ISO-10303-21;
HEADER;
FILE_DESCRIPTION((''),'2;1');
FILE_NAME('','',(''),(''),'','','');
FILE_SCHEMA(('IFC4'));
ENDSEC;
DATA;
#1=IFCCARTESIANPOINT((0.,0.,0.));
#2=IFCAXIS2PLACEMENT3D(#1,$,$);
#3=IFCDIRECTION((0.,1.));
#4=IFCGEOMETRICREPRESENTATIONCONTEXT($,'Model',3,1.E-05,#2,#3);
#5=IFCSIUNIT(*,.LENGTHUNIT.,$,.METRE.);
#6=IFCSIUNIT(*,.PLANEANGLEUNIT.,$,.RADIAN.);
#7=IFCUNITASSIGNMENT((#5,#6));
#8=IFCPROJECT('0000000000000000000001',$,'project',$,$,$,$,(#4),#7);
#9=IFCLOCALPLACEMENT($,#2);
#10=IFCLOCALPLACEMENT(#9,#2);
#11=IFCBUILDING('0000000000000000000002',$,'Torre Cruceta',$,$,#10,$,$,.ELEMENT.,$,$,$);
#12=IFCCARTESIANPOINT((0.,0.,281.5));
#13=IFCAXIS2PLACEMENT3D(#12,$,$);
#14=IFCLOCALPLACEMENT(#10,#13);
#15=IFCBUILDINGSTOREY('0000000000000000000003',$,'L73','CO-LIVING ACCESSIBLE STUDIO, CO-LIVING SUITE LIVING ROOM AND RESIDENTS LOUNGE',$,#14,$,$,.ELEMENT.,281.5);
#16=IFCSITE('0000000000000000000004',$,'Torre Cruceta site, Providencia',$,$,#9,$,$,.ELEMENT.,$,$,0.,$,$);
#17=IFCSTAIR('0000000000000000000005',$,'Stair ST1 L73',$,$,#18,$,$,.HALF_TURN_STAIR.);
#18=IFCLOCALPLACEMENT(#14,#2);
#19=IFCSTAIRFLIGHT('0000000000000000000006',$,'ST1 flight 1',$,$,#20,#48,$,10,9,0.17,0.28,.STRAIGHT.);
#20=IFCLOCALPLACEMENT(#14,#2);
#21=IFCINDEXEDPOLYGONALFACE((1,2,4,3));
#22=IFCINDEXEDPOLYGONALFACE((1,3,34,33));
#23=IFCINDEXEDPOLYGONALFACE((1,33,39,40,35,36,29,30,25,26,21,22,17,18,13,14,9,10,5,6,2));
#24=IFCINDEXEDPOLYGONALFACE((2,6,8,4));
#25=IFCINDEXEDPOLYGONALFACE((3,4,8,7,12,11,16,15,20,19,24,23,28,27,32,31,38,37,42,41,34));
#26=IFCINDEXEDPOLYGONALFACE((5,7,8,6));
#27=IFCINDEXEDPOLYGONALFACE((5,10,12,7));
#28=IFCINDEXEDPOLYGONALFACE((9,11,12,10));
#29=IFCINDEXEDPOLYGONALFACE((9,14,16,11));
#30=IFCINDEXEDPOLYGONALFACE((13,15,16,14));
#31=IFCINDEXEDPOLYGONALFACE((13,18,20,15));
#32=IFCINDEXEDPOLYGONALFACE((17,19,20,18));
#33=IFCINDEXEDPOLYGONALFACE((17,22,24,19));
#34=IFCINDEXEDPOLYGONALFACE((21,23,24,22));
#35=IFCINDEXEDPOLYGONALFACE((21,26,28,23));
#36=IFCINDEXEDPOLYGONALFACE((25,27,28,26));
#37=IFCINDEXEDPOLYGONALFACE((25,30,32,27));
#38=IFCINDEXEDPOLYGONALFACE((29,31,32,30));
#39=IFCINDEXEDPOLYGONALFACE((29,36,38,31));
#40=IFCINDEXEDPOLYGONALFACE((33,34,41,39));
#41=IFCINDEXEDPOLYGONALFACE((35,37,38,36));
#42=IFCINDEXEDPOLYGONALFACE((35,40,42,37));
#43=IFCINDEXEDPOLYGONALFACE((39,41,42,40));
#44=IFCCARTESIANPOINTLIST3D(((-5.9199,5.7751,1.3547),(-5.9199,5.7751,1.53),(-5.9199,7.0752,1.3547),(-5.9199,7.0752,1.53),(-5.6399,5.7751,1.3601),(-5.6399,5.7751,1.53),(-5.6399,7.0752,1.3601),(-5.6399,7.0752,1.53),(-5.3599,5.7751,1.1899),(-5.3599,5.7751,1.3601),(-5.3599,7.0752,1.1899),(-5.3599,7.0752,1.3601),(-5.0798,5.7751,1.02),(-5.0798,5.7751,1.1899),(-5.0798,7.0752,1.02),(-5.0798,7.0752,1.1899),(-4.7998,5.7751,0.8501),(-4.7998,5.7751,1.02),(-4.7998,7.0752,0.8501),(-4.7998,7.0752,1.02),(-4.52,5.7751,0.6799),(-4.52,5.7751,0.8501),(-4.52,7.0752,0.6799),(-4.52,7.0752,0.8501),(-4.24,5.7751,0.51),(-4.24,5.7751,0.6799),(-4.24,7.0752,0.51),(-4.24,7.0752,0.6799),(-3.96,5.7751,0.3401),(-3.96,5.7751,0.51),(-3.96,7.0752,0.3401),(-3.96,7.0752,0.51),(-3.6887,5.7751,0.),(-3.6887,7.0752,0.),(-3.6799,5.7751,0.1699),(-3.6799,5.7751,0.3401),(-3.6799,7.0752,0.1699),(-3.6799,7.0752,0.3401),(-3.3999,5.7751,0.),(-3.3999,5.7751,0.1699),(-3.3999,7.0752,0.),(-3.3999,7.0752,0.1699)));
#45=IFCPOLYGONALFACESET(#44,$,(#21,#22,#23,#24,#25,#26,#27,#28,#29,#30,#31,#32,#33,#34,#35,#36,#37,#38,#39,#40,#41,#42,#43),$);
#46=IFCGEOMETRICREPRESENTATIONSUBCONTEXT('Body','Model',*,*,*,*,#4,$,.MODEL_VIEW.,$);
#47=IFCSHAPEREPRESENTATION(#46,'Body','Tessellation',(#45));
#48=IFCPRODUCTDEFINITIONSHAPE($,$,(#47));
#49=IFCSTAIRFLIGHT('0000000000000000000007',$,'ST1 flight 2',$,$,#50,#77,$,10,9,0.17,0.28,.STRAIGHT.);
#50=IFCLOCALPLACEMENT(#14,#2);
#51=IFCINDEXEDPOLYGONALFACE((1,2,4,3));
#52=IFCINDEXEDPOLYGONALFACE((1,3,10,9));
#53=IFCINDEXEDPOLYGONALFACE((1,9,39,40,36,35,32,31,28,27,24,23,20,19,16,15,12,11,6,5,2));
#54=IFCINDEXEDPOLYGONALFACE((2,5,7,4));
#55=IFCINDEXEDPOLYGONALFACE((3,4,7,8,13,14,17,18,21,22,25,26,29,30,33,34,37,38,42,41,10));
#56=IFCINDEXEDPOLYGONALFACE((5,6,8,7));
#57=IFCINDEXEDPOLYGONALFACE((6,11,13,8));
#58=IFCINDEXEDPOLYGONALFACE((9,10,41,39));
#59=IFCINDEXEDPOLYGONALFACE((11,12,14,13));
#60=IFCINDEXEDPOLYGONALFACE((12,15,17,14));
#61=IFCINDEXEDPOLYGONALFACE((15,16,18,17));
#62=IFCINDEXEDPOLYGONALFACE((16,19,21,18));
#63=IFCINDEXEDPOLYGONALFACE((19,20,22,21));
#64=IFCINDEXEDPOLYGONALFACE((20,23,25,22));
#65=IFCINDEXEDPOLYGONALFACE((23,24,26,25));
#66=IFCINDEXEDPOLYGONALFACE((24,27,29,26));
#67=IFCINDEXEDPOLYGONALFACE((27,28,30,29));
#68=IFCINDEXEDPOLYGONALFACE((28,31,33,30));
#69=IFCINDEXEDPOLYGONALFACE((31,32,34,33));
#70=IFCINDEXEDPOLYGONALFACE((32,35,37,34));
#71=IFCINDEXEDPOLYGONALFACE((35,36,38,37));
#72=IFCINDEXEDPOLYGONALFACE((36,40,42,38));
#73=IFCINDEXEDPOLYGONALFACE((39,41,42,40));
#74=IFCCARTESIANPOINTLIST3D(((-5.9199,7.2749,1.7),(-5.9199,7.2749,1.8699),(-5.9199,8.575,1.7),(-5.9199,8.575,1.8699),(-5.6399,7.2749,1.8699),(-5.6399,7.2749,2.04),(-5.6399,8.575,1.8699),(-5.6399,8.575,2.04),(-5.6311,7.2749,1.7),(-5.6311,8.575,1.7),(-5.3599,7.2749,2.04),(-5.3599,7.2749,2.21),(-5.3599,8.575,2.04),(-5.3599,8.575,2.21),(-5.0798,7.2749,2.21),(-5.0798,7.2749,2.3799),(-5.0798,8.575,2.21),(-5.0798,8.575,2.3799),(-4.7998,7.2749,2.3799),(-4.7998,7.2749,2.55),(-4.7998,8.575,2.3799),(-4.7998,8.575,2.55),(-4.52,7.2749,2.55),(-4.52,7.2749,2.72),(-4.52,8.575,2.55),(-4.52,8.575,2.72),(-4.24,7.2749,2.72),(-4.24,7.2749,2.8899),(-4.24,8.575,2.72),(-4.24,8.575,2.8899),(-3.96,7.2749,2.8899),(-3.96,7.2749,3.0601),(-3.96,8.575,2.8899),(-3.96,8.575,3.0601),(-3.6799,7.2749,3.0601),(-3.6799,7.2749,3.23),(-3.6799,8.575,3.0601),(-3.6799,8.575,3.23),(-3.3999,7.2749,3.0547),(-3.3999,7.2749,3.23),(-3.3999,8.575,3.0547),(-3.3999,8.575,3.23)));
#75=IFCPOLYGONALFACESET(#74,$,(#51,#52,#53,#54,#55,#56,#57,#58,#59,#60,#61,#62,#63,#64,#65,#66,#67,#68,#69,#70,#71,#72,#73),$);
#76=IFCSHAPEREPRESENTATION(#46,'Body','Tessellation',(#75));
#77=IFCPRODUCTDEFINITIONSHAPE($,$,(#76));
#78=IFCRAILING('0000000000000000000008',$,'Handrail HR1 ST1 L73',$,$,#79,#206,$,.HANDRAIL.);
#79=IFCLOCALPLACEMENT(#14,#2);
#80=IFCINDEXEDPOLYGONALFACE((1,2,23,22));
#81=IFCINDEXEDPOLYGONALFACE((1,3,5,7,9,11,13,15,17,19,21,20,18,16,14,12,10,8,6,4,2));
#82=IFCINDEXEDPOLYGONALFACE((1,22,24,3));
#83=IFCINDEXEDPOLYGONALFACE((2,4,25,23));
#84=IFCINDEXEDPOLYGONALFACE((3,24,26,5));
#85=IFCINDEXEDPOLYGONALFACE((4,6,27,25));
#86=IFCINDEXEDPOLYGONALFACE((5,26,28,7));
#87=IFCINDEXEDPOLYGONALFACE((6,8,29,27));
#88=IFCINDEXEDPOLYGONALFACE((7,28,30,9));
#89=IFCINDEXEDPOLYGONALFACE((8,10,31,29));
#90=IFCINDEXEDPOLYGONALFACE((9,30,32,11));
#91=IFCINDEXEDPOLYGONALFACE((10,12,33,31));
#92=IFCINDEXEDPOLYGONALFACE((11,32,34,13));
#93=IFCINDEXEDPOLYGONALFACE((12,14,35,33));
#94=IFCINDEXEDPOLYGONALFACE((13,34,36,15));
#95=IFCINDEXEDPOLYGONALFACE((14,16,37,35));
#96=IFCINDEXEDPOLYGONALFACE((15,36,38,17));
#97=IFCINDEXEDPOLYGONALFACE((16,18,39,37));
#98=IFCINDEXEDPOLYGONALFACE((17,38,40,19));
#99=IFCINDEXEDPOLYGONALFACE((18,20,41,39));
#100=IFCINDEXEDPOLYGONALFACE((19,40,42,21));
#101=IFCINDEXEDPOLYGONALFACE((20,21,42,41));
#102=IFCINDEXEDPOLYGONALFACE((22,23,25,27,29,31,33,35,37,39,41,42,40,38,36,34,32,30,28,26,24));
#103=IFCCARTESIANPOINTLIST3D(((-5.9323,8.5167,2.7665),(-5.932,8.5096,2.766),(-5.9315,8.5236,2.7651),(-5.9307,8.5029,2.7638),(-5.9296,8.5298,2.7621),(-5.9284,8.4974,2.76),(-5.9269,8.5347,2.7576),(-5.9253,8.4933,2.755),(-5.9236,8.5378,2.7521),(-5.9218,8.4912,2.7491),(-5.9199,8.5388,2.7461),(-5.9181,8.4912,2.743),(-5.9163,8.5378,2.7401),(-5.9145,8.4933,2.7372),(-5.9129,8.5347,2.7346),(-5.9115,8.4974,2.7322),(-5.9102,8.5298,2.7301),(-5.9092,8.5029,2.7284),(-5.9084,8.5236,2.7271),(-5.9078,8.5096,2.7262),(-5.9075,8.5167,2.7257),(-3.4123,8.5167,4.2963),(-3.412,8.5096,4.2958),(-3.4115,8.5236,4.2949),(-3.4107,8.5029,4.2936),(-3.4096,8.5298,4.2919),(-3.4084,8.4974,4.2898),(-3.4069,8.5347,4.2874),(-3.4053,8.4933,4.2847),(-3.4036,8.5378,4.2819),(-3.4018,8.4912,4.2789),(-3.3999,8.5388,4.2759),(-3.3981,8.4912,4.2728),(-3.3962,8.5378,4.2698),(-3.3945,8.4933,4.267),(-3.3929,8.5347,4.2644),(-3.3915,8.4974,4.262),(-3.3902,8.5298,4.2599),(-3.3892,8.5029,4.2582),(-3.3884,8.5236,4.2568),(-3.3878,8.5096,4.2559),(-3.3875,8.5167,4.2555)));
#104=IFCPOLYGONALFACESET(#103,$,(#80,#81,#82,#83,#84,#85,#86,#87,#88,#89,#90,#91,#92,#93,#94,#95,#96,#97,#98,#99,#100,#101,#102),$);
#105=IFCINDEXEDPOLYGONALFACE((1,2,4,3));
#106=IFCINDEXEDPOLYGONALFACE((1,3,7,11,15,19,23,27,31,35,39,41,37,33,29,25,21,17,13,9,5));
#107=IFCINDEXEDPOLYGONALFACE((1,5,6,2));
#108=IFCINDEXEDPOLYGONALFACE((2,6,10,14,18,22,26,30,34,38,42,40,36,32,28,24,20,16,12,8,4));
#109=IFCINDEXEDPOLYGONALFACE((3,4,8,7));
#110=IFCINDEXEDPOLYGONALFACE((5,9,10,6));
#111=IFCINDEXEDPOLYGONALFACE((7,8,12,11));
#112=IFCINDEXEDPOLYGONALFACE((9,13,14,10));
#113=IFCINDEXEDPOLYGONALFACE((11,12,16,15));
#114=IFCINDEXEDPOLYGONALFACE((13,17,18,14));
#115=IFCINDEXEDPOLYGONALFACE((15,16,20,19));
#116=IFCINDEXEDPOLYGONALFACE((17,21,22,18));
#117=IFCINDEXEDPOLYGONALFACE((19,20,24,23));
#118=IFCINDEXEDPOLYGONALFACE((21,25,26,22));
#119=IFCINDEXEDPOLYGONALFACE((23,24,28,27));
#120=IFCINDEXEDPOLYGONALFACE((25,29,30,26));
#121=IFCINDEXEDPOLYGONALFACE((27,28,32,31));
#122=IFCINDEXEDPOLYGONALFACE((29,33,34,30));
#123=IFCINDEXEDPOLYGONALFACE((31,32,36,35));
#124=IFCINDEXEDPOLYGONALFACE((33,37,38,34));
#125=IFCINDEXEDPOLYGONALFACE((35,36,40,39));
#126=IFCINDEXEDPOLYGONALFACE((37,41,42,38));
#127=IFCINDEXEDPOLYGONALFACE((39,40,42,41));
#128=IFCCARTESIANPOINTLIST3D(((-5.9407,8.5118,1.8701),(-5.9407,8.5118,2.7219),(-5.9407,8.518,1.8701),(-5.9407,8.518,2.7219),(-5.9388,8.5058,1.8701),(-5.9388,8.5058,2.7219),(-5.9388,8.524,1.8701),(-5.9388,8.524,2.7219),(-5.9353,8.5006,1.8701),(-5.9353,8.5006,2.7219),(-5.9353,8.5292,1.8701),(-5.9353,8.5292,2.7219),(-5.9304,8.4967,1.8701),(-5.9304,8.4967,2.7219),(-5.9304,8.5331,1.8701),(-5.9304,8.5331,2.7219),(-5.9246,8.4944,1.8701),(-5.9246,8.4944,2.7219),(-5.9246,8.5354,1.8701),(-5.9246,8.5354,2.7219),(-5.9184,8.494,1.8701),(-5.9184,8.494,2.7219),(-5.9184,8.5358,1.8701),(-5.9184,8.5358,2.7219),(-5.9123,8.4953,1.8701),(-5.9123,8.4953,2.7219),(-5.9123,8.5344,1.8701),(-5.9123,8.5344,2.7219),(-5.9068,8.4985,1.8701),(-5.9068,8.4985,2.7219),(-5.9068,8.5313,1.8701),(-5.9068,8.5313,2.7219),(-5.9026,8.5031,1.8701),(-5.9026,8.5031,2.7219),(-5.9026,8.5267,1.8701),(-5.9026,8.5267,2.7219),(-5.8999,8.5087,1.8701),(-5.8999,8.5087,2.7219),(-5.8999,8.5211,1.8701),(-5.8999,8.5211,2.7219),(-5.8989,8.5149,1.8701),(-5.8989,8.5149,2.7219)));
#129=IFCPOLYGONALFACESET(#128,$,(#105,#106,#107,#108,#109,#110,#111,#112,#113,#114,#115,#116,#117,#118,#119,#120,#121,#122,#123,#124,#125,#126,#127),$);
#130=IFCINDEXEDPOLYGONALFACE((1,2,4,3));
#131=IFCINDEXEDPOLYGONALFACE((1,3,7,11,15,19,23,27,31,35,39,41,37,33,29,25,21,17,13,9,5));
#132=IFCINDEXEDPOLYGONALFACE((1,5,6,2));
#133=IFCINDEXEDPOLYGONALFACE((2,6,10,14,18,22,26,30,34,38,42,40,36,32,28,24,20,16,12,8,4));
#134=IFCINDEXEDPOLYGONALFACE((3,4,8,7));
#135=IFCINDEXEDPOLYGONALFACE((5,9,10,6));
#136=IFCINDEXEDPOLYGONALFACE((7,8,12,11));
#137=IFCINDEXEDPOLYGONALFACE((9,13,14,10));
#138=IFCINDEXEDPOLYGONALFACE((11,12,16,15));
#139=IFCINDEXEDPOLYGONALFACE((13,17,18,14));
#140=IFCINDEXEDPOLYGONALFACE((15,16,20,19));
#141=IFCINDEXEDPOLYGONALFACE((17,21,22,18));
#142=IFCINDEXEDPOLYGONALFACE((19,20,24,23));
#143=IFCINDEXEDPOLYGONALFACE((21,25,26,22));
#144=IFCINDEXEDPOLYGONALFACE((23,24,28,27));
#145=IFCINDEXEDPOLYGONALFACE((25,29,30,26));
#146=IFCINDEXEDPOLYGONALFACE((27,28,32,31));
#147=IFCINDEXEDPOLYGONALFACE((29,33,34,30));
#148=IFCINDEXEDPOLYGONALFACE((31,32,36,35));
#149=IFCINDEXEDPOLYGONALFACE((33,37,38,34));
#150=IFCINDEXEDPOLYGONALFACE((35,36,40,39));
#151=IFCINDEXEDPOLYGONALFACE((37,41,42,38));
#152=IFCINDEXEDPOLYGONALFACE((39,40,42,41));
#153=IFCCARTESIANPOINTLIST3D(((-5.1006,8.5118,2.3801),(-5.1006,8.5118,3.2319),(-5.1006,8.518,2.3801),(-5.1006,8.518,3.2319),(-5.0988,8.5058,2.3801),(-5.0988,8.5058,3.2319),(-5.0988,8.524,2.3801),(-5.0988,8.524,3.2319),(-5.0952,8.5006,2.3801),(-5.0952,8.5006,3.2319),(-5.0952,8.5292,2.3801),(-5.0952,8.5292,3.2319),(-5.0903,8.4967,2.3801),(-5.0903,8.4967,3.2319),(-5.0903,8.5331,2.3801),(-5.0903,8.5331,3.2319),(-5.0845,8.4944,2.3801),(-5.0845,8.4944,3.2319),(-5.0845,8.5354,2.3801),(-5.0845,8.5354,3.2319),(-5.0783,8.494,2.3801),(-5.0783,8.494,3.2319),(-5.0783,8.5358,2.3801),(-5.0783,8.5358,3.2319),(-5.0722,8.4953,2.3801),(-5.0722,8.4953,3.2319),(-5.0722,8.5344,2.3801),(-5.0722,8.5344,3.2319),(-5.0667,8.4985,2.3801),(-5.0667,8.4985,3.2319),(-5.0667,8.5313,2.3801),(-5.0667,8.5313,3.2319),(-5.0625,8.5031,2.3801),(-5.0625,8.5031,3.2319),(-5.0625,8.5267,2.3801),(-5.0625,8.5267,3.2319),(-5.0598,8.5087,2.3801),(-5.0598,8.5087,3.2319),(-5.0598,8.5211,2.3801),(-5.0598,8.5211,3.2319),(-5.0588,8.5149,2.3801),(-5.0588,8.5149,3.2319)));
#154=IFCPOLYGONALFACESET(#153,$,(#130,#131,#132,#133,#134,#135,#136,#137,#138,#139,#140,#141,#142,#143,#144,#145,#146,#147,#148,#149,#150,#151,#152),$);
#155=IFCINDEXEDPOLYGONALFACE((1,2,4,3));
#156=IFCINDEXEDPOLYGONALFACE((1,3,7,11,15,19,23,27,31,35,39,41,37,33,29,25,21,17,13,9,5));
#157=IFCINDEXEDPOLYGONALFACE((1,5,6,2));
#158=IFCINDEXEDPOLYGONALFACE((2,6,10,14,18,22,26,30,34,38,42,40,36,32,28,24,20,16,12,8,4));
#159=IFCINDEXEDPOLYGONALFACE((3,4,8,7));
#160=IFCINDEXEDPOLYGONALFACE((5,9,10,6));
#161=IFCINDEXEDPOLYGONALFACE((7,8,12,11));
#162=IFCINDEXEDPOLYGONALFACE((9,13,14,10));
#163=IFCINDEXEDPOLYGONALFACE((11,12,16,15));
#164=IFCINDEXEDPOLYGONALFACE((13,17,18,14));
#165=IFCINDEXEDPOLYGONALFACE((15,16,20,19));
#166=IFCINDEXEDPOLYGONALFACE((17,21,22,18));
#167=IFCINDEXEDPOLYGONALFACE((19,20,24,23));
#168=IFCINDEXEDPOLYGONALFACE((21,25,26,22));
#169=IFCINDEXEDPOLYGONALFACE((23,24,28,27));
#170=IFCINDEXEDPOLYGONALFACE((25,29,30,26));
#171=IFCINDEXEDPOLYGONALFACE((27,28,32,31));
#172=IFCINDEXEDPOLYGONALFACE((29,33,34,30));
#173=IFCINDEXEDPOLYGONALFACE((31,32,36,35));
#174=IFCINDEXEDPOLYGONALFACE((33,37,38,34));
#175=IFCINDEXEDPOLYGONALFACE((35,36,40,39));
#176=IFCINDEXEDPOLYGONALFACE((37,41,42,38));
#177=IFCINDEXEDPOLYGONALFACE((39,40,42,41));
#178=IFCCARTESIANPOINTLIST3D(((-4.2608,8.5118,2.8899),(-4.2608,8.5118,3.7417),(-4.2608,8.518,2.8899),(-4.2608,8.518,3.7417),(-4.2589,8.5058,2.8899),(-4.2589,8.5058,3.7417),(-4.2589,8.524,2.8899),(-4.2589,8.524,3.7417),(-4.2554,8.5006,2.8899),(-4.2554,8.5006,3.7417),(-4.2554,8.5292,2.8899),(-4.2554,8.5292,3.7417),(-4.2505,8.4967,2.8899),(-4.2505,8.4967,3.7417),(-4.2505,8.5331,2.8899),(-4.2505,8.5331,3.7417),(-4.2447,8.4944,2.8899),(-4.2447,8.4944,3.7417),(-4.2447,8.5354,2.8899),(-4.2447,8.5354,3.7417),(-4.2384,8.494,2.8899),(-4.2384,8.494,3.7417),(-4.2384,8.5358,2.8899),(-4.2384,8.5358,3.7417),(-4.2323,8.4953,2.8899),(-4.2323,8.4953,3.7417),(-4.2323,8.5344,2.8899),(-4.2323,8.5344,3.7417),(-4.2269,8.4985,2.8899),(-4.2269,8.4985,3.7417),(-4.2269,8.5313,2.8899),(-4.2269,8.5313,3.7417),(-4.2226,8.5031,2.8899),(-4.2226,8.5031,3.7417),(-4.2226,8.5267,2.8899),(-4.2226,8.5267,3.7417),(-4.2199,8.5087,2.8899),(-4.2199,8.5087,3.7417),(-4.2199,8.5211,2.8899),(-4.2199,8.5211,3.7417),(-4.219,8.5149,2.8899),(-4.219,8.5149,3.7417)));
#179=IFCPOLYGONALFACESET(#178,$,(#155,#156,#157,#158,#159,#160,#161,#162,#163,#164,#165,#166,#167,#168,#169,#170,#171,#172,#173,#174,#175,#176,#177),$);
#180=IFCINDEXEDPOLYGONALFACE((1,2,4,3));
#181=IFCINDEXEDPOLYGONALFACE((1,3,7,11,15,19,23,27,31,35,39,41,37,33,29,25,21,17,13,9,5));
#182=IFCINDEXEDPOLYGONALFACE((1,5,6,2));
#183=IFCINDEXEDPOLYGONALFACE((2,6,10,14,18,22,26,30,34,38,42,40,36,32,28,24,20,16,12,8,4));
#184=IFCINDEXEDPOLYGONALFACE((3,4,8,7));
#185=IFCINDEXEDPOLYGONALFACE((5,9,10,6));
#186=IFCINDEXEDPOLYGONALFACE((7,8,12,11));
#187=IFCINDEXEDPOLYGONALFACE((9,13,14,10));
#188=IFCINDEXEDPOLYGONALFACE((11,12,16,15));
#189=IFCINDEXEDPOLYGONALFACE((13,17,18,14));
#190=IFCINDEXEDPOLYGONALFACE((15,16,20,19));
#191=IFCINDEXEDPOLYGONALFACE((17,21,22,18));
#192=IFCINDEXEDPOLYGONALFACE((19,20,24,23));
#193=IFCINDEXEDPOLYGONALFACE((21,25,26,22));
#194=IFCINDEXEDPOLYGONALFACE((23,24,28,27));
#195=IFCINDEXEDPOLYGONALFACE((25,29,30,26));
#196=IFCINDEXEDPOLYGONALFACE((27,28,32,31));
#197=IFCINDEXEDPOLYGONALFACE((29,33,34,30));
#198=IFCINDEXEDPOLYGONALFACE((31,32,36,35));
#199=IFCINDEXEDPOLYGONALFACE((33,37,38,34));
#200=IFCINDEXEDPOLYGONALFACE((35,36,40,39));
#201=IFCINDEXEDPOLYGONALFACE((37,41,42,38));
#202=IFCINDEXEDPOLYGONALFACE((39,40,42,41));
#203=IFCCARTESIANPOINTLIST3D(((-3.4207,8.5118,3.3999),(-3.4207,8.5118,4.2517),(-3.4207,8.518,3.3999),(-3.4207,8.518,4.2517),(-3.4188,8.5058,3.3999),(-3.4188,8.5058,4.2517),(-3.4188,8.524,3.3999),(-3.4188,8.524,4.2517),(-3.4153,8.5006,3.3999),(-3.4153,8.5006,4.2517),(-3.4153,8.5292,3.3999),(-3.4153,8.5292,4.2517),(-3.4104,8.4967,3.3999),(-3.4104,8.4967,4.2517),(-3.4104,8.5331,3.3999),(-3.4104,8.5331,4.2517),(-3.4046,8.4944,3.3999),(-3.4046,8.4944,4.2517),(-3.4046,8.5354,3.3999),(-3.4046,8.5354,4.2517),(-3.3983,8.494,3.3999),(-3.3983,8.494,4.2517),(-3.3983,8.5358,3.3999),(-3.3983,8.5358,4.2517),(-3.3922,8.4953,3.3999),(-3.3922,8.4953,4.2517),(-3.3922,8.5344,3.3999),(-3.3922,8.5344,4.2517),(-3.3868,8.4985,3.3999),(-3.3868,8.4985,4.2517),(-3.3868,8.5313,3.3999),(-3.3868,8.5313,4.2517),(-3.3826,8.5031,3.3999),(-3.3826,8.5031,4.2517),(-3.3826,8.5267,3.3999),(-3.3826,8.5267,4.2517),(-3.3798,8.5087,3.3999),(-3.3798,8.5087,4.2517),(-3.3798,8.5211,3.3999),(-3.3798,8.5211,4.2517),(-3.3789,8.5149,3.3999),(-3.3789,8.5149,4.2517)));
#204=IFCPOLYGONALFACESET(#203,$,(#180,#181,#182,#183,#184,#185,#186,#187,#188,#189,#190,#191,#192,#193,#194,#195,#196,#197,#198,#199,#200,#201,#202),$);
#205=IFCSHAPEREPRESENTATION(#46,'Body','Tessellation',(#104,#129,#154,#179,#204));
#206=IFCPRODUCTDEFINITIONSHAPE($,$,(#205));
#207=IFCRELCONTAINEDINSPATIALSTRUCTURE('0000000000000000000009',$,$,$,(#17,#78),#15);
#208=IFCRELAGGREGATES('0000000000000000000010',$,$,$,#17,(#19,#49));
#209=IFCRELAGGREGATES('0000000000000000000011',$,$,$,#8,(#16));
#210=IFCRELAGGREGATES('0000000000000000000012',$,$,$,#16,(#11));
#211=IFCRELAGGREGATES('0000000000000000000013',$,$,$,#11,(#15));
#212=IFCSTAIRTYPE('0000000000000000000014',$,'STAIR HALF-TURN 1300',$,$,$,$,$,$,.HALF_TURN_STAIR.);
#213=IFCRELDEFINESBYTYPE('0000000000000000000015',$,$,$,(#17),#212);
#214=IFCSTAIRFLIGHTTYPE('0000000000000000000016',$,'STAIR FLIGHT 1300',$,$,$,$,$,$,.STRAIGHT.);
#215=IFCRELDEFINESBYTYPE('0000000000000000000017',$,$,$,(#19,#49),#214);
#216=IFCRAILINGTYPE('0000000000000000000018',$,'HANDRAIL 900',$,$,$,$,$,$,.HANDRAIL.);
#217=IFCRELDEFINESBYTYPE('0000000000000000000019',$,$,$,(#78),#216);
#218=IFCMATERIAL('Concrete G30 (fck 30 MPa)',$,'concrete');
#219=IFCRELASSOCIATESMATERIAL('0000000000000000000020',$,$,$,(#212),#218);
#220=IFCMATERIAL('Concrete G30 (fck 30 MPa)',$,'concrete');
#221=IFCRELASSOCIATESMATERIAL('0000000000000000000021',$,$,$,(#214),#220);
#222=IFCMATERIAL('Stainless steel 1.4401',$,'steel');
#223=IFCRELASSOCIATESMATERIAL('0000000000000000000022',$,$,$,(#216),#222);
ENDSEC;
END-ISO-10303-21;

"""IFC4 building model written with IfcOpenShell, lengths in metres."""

from ifc_helpers import new_model, si_unit, direction, frame, origin, origin_2d, place, context, subcontext, project, spatial, polyline, circle, outline, extrude, material, type_object, element, aggregate, save


model = new_model("IFC4")

# Units and contexts
model_context = context("Model", 3, precision=1e-05, world=origin(), true_north=direction((0.0, 1.0)))
body_context = subcontext(model_context, "Body", "Model", "MODEL_VIEW")
ifc_project = project(units=[si_unit("LENGTHUNIT", "METRE"), si_unit("PLANEANGLEUNIT", "RADIAN")], contexts=[model_context])

# Site, building, storey
site_placement = place(None, origin())
site = spatial("IfcSite", under=ifc_project, at=site_placement, Name="Torre Cruceta site, Providencia", CompositionType="ELEMENT", RefElevation=0.0)
building_placement = place(site_placement, origin())
building = spatial("IfcBuilding", under=site, at=building_placement, Name="Torre Cruceta", CompositionType="ELEMENT")
storey_placement = place(building_placement, frame((0.0, 0.0, 281.5)))
storey = spatial("IfcBuildingStorey", under=building, at=storey_placement, Name="L73", Description="CO-LIVING ACCESSIBLE STUDIO, CO-LIVING SUITE LIVING ROOM AND RESIDENTS LOUNGE", CompositionType="ELEMENT", Elevation=281.5)

# Stair
ifc_material_1 = material(Name="Concrete G30 (fck 30 MPa)", Category="concrete")
stair_type = type_object("IfcStairType", Name="STAIR HALF-TURN 1300", PredefinedType="HALF_TURN_STAIR", material=ifc_material_1)
stair_placement = place(storey_placement, origin())
stair = element("IfcStair", 1, at=stair_placement, inside=storey, type_object=stair_type, Name="Stair ST1 L73", PredefinedType="HALF_TURN_STAIR")

# Stair flights
ifc_material_2 = material(Name="Concrete G30 (fck 30 MPa)", Category="concrete")
stair_flight_type = type_object("IfcStairFlightType", Name="STAIR FLIGHT 1300", PredefinedType="STRAIGHT", material=ifc_material_2)
stair_flight_1_placement = place(storey_placement, frame((-3.3999, 6.425, 0.0), z_axis=(0.0, 0.0, 1.0), x_axis=(-1.0, 0.0, 0.0)))
stair_flight_1 = element("IfcStairFlight", 2, at=stair_flight_1_placement, type_object=stair_flight_type, Name="ST1 flight 1", NumberOfRisers=10, NumberOfTreads=9, PredefinedType="STRAIGHT", RiserHeight=0.17, TreadLength=0.28, context=body_context, shape_type="SweptSolid", body=[
    extrude(outline(polyline([(0.0, 0.0), (0.0, 0.1699), (0.28, 0.1699), (0.28, 0.3401), (0.5601, 0.3401), (0.5601, 0.51), (0.8401, 0.51), (0.8401, 0.6799), (1.1201, 0.6799), (1.1201, 0.8501), (1.3999, 0.8501), (1.3999, 1.02), (1.6799, 1.02), (1.6799, 1.1899), (1.96, 1.1899), (1.96, 1.3601), (2.24, 1.3601), (2.24, 1.53), (2.52, 1.53), (2.52, 1.7), (2.52, 1.3547), (0.2888, 0.0), (0.0, 0.0)])), frame((0.0, 0.6499, 0.0), z_axis=(0.0, -1.0, 0.0), x_axis=(1.0, 0.0, 0.0)), (0.0, 0.0, 1.0), 1.3),
])
stair_flight_2_placement = place(storey_placement, frame((-5.9199, 7.925, 1.7), z_axis=(0.0, 0.0, 1.0), x_axis=(1.0, 0.0, 0.0)))
stair_flight_2 = element("IfcStairFlight", 3, at=stair_flight_2_placement, type_object=stair_flight_type, Name="ST1 flight 2", NumberOfRisers=10, NumberOfTreads=9, PredefinedType="STRAIGHT", RiserHeight=0.17, TreadLength=0.28, context=body_context, shape_type="SweptSolid", body=[
    extrude(outline(polyline([(0.0, 0.0), (0.0, 0.1699), (0.28, 0.1699), (0.28, 0.3401), (0.5601, 0.3401), (0.5601, 0.51), (0.8401, 0.51), (0.8401, 0.6799), (1.1201, 0.6799), (1.1201, 0.8501), (1.3999, 0.8501), (1.3999, 1.02), (1.6799, 1.02), (1.6799, 1.1899), (1.96, 1.1899), (1.96, 1.3601), (2.24, 1.3601), (2.24, 1.53), (2.52, 1.53), (2.52, 1.7), (2.52, 1.3547), (0.2888, 0.0), (0.0, 0.0)])), frame((0.0, 0.6499, 0.0), z_axis=(0.0, -1.0, 0.0), x_axis=(1.0, 0.0, 0.0)), (0.0, 0.0, 1.0), 1.3),
])
aggregate(stair, [stair_flight_1, stair_flight_2])

# Railing
ifc_material_3 = material(Name="Stainless steel 1.4401", Category="steel")
railing_type = type_object("IfcRailingType", Name="HANDRAIL 900", PredefinedType="HANDRAIL", material=ifc_material_3)
railing_1_placement = place(storey_placement, frame((-5.9199, 8.5149, 1.8701)))
element("IfcRailing", 4, at=railing_1_placement, inside=storey, type_object=railing_type, Name="Handrail HR1 ST1 L73", PredefinedType="HANDRAIL", context=body_context, shape_type="SweptSolid", body=[
    extrude(circle(Radius=0.0239, at=origin_2d()), frame((0.0, 0.0, 0.876), z_axis=(0.854822, 0.0, 0.518922), x_axis=(0.0, 1.0, 0.0)), (0.0, 0.0, 1.0), 2.948),
    extrude(circle(Radius=0.021, at=origin_2d()), origin(), (0.0, 0.0, 1.0), 0.8518),
    extrude(circle(Radius=0.021, at=origin_2d()), frame((0.8401, 0.0, 0.51)), (0.0, 0.0, 1.0), 0.8518),
    extrude(circle(Radius=0.021, at=origin_2d()), frame((1.6799, 0.0, 1.0198)), (0.0, 0.0, 1.0), 0.8518),
    extrude(circle(Radius=0.021, at=origin_2d()), frame((2.52, 0.0, 1.5298)), (0.0, 0.0, 1.0), 0.8518),
])

save(model, "model.ifc")
